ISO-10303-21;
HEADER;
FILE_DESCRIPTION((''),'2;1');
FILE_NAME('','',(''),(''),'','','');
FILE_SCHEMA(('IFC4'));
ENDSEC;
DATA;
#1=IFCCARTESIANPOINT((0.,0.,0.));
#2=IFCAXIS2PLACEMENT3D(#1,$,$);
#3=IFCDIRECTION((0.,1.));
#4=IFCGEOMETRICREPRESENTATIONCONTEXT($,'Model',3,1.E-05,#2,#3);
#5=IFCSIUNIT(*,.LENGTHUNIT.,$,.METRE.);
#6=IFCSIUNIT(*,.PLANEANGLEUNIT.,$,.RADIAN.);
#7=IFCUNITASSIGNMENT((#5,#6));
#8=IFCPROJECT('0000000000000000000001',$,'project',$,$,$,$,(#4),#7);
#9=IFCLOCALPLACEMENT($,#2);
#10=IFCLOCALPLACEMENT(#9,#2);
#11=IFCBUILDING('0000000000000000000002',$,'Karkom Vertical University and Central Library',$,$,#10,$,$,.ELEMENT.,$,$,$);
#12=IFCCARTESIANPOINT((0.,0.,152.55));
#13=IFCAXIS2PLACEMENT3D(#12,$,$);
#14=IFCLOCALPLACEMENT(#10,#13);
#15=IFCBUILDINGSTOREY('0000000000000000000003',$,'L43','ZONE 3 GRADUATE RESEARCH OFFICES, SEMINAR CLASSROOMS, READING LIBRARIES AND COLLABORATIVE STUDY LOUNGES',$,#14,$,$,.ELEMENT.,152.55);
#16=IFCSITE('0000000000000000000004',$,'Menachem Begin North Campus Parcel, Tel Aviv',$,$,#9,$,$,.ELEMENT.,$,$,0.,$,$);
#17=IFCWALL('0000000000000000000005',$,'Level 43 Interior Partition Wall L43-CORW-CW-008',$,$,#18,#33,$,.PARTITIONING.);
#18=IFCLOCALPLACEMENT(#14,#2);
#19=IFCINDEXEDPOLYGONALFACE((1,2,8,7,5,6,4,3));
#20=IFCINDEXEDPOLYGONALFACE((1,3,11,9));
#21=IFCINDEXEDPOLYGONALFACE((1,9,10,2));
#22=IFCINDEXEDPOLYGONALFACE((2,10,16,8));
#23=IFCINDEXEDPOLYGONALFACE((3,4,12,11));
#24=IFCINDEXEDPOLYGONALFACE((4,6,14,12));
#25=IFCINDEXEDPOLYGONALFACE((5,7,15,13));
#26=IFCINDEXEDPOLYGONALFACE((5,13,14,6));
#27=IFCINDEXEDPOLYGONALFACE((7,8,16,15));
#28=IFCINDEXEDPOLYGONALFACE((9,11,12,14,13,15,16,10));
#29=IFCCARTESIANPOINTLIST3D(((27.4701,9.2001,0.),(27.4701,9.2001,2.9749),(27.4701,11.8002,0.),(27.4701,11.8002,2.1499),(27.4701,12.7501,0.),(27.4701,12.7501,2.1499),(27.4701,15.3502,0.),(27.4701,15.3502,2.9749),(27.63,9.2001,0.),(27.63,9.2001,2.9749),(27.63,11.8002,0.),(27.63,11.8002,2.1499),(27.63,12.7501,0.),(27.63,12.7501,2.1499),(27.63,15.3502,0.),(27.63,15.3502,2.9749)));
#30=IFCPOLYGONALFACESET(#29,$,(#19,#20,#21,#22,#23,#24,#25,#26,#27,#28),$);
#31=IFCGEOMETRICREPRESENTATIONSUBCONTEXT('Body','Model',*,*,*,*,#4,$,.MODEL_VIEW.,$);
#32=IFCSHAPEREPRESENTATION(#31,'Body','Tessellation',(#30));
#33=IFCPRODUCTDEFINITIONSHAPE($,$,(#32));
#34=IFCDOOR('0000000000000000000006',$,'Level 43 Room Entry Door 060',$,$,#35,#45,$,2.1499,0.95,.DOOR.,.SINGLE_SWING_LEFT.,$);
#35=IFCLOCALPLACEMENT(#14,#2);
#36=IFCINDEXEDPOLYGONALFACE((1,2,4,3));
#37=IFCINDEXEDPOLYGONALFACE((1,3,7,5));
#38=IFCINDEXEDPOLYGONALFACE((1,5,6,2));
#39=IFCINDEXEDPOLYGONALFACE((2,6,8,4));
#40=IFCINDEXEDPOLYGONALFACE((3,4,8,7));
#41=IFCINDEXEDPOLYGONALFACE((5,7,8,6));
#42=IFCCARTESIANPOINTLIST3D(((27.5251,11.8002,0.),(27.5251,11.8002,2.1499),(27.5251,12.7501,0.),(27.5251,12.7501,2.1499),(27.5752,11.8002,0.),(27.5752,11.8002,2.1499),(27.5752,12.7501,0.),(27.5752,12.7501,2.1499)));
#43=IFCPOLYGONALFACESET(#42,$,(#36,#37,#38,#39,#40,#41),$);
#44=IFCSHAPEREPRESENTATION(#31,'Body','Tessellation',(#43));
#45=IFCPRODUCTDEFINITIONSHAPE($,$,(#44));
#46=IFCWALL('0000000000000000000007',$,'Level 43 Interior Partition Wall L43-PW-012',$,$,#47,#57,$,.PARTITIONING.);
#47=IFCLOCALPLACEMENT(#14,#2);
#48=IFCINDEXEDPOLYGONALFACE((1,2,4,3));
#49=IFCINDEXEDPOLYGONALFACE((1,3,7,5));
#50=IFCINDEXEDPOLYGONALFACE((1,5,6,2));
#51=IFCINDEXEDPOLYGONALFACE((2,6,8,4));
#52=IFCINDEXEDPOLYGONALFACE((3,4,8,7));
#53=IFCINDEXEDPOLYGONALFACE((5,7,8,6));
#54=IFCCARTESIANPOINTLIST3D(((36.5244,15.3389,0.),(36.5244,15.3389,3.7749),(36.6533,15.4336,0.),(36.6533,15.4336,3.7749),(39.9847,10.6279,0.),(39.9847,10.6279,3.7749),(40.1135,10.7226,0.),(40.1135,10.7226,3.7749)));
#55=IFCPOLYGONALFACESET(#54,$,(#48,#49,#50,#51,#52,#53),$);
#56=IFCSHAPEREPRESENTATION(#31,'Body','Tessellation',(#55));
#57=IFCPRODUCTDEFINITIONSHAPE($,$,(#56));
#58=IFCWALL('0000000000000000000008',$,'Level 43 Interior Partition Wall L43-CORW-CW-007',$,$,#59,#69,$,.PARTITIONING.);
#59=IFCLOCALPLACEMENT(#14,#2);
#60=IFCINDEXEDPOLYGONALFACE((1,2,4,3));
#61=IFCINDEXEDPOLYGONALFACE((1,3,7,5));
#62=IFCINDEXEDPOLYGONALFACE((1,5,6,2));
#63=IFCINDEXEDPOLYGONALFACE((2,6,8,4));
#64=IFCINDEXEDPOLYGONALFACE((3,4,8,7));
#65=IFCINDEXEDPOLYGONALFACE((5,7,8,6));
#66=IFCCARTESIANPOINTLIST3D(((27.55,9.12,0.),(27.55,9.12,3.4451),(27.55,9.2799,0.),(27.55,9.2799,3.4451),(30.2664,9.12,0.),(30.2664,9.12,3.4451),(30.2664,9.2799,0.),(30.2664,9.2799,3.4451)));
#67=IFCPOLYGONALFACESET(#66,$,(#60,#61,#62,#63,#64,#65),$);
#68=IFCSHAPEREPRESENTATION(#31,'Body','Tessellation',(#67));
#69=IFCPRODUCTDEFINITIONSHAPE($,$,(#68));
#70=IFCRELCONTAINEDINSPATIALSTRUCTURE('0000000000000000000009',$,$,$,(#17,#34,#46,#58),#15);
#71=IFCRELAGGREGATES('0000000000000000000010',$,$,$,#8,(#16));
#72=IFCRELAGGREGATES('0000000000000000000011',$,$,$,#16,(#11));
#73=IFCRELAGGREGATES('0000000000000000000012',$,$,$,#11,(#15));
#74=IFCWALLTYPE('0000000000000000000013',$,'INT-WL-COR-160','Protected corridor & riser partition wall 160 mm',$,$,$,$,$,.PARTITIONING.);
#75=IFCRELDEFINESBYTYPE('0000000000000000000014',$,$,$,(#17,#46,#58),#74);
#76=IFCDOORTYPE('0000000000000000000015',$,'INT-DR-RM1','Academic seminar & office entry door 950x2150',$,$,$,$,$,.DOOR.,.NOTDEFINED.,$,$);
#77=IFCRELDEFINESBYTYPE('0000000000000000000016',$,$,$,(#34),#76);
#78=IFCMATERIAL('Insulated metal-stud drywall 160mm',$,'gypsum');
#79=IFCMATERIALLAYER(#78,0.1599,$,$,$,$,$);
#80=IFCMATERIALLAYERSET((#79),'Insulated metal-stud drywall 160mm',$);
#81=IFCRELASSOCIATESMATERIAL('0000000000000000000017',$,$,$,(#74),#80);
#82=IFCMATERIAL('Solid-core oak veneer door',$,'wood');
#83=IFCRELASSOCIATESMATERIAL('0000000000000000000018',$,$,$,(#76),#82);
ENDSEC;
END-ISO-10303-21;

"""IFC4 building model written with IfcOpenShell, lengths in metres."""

from ifc_helpers import new_model, si_unit, direction, frame, frame_2d, origin, origin_with_axes, place, context, subcontext, project, spatial, rectangle, extrude, source, transform, mapped, material, layer, layer_set, type_object, element, fill, save


model = new_model("IFC4")

# Units and contexts
model_context = context("Model", 3, precision=1e-05, world=origin(), true_north=direction((0.0, 1.0)))
body_context = subcontext(model_context, "Body", "Model", "MODEL_VIEW")
ifc_project = project(units=[si_unit("LENGTHUNIT", "METRE"), si_unit("PLANEANGLEUNIT", "RADIAN")], contexts=[model_context])

# Site, building, storey
site_placement = place(None, origin())
site = spatial("IfcSite", under=ifc_project, at=site_placement, Name="Menachem Begin North Campus Parcel, Tel Aviv", CompositionType="ELEMENT", RefElevation=0.0)
building_placement = place(site_placement, origin())
building = spatial("IfcBuilding", under=site, at=building_placement, Name="Karkom Vertical University and Central Library", CompositionType="ELEMENT")
storey_placement = place(building_placement, frame((0.0, 0.0, 152.55)))
storey = spatial("IfcBuildingStorey", under=building, at=storey_placement, Name="L43", Description="ZONE 3 GRADUATE RESEARCH OFFICES, SEMINAR CLASSROOMS, READING LIBRARIES AND COLLABORATIVE STUDY LOUNGES", CompositionType="ELEMENT", Elevation=152.55)

# Shared definitions
ifc_material_1 = material(Name="Insulated metal-stud drywall 160mm", Category="gypsum")
ifc_layer_1 = layer(ifc_material_1, 0.1599)
ifc_layer_set_1 = layer_set([ifc_layer_1], Name="Insulated metal-stud drywall 160mm")
wall_type_1 = type_object("IfcWallType", Name="INT-WL-COR-160", Description="Protected corridor & riser partition wall 160 mm", PredefinedType="PARTITIONING", material=ifc_layer_set_1)
ifc_material_2 = material(Name="Solid-core oak veneer door", Category="wood")
door_type = type_object("IfcDoorType", Name="INT-DR-RM1", Description="Academic seminar & office entry door 950x2150", OperationType="NOTDEFINED", PredefinedType="DOOR", material=ifc_material_2)
shared_shape_1 = source(origin_with_axes(), body_context, "Body", "SweptSolid", [
    extrude(rectangle(XDim=0.95, YDim=2.1499, at=frame_2d((0.4751, 1.075))), frame((0.0, 0.0249, 0.0), z_axis=(0.0, -1.0, 0.0), x_axis=(1.0, 0.0, 0.0)), (0.0, 0.0, 1.0), 0.05),
])

# Wall, opening, door
wall_1_placement = place(storey_placement, frame((27.55, 9.2, 0.0), z_axis=(0.0, 0.0, 1.0), x_axis=(0.0, 1.0, 0.0)))
wall_1 = element("IfcWall", 1, at=wall_1_placement, inside=storey, type_object=wall_type_1, Name="Level 43 Interior Partition Wall L43-CORW-CW-008", PredefinedType="PARTITIONING", context=body_context, shape_type="SweptSolid", body=[
    extrude(rectangle(XDim=6.1501, YDim=0.1599, at=frame_2d((3.0752, 0.0))), origin(), (0.0, 0.0, 1.0), 2.9749),
])
opening_1_placement = place(wall_1_placement, frame((2.6001, 0.0, 0.0)))
opening_1 = element("IfcOpeningElement", 2, at=opening_1_placement, cuts=wall_1, PredefinedType="OPENING", context=body_context, shape_type="SweptSolid", body=[
    extrude(rectangle(XDim=0.95, YDim=2.1499, at=frame_2d((0.4751, 1.075))), frame((0.0, 0.0898, 0.0), z_axis=(0.0, -1.0, 0.0), x_axis=(1.0, 0.0, 0.0)), (0.0, 0.0, 1.0), 0.1799),
])
door_1_placement = place(opening_1_placement, origin())
door_1 = element("IfcDoor", 3, at=door_1_placement, inside=storey, type_object=door_type, Name="Level 43 Room Entry Door 060", OperationType="SINGLE_SWING_LEFT", OverallHeight=2.1499, OverallWidth=0.95, PredefinedType="DOOR", context=body_context, shape_type="MappedRepresentation", body=[
    mapped(shared_shape_1, transform((0.0, 0.0, 0.0), scale=1.0)),
])
fill(opening_1, door_1)

# Walls
wall_2_placement = place(storey_placement, frame((36.5889, 15.3862, 0.0), z_axis=(0.0, 0.0, 1.0), x_axis=(0.591977, -0.805955, 0.0)))
element("IfcWall", 4, at=wall_2_placement, inside=storey, type_object=wall_type_1, Name="Level 43 Interior Partition Wall L43-PW-012", PredefinedType="PARTITIONING", context=body_context, shape_type="SweptSolid", body=[
    extrude(rectangle(XDim=5.8452, YDim=0.1599, at=frame_2d((2.9226, 0.0))), origin(), (0.0, 0.0, 1.0), 3.7749),
])
wall_3_placement = place(storey_placement, frame((30.2664, 9.2, 0.0), z_axis=(0.0, 0.0, 1.0), x_axis=(-1.0, 0.0, 0.0)))
element("IfcWall", 5, at=wall_3_placement, inside=storey, type_object=wall_type_1, Name="Level 43 Interior Partition Wall L43-CORW-CW-007", PredefinedType="PARTITIONING", context=body_context, shape_type="SweptSolid", body=[
    extrude(rectangle(XDim=2.7163, YDim=0.1599, at=frame_2d((1.3582, 0.0))), origin(), (0.0, 0.0, 1.0), 3.4451),
])

save(model, "model.ifc")
